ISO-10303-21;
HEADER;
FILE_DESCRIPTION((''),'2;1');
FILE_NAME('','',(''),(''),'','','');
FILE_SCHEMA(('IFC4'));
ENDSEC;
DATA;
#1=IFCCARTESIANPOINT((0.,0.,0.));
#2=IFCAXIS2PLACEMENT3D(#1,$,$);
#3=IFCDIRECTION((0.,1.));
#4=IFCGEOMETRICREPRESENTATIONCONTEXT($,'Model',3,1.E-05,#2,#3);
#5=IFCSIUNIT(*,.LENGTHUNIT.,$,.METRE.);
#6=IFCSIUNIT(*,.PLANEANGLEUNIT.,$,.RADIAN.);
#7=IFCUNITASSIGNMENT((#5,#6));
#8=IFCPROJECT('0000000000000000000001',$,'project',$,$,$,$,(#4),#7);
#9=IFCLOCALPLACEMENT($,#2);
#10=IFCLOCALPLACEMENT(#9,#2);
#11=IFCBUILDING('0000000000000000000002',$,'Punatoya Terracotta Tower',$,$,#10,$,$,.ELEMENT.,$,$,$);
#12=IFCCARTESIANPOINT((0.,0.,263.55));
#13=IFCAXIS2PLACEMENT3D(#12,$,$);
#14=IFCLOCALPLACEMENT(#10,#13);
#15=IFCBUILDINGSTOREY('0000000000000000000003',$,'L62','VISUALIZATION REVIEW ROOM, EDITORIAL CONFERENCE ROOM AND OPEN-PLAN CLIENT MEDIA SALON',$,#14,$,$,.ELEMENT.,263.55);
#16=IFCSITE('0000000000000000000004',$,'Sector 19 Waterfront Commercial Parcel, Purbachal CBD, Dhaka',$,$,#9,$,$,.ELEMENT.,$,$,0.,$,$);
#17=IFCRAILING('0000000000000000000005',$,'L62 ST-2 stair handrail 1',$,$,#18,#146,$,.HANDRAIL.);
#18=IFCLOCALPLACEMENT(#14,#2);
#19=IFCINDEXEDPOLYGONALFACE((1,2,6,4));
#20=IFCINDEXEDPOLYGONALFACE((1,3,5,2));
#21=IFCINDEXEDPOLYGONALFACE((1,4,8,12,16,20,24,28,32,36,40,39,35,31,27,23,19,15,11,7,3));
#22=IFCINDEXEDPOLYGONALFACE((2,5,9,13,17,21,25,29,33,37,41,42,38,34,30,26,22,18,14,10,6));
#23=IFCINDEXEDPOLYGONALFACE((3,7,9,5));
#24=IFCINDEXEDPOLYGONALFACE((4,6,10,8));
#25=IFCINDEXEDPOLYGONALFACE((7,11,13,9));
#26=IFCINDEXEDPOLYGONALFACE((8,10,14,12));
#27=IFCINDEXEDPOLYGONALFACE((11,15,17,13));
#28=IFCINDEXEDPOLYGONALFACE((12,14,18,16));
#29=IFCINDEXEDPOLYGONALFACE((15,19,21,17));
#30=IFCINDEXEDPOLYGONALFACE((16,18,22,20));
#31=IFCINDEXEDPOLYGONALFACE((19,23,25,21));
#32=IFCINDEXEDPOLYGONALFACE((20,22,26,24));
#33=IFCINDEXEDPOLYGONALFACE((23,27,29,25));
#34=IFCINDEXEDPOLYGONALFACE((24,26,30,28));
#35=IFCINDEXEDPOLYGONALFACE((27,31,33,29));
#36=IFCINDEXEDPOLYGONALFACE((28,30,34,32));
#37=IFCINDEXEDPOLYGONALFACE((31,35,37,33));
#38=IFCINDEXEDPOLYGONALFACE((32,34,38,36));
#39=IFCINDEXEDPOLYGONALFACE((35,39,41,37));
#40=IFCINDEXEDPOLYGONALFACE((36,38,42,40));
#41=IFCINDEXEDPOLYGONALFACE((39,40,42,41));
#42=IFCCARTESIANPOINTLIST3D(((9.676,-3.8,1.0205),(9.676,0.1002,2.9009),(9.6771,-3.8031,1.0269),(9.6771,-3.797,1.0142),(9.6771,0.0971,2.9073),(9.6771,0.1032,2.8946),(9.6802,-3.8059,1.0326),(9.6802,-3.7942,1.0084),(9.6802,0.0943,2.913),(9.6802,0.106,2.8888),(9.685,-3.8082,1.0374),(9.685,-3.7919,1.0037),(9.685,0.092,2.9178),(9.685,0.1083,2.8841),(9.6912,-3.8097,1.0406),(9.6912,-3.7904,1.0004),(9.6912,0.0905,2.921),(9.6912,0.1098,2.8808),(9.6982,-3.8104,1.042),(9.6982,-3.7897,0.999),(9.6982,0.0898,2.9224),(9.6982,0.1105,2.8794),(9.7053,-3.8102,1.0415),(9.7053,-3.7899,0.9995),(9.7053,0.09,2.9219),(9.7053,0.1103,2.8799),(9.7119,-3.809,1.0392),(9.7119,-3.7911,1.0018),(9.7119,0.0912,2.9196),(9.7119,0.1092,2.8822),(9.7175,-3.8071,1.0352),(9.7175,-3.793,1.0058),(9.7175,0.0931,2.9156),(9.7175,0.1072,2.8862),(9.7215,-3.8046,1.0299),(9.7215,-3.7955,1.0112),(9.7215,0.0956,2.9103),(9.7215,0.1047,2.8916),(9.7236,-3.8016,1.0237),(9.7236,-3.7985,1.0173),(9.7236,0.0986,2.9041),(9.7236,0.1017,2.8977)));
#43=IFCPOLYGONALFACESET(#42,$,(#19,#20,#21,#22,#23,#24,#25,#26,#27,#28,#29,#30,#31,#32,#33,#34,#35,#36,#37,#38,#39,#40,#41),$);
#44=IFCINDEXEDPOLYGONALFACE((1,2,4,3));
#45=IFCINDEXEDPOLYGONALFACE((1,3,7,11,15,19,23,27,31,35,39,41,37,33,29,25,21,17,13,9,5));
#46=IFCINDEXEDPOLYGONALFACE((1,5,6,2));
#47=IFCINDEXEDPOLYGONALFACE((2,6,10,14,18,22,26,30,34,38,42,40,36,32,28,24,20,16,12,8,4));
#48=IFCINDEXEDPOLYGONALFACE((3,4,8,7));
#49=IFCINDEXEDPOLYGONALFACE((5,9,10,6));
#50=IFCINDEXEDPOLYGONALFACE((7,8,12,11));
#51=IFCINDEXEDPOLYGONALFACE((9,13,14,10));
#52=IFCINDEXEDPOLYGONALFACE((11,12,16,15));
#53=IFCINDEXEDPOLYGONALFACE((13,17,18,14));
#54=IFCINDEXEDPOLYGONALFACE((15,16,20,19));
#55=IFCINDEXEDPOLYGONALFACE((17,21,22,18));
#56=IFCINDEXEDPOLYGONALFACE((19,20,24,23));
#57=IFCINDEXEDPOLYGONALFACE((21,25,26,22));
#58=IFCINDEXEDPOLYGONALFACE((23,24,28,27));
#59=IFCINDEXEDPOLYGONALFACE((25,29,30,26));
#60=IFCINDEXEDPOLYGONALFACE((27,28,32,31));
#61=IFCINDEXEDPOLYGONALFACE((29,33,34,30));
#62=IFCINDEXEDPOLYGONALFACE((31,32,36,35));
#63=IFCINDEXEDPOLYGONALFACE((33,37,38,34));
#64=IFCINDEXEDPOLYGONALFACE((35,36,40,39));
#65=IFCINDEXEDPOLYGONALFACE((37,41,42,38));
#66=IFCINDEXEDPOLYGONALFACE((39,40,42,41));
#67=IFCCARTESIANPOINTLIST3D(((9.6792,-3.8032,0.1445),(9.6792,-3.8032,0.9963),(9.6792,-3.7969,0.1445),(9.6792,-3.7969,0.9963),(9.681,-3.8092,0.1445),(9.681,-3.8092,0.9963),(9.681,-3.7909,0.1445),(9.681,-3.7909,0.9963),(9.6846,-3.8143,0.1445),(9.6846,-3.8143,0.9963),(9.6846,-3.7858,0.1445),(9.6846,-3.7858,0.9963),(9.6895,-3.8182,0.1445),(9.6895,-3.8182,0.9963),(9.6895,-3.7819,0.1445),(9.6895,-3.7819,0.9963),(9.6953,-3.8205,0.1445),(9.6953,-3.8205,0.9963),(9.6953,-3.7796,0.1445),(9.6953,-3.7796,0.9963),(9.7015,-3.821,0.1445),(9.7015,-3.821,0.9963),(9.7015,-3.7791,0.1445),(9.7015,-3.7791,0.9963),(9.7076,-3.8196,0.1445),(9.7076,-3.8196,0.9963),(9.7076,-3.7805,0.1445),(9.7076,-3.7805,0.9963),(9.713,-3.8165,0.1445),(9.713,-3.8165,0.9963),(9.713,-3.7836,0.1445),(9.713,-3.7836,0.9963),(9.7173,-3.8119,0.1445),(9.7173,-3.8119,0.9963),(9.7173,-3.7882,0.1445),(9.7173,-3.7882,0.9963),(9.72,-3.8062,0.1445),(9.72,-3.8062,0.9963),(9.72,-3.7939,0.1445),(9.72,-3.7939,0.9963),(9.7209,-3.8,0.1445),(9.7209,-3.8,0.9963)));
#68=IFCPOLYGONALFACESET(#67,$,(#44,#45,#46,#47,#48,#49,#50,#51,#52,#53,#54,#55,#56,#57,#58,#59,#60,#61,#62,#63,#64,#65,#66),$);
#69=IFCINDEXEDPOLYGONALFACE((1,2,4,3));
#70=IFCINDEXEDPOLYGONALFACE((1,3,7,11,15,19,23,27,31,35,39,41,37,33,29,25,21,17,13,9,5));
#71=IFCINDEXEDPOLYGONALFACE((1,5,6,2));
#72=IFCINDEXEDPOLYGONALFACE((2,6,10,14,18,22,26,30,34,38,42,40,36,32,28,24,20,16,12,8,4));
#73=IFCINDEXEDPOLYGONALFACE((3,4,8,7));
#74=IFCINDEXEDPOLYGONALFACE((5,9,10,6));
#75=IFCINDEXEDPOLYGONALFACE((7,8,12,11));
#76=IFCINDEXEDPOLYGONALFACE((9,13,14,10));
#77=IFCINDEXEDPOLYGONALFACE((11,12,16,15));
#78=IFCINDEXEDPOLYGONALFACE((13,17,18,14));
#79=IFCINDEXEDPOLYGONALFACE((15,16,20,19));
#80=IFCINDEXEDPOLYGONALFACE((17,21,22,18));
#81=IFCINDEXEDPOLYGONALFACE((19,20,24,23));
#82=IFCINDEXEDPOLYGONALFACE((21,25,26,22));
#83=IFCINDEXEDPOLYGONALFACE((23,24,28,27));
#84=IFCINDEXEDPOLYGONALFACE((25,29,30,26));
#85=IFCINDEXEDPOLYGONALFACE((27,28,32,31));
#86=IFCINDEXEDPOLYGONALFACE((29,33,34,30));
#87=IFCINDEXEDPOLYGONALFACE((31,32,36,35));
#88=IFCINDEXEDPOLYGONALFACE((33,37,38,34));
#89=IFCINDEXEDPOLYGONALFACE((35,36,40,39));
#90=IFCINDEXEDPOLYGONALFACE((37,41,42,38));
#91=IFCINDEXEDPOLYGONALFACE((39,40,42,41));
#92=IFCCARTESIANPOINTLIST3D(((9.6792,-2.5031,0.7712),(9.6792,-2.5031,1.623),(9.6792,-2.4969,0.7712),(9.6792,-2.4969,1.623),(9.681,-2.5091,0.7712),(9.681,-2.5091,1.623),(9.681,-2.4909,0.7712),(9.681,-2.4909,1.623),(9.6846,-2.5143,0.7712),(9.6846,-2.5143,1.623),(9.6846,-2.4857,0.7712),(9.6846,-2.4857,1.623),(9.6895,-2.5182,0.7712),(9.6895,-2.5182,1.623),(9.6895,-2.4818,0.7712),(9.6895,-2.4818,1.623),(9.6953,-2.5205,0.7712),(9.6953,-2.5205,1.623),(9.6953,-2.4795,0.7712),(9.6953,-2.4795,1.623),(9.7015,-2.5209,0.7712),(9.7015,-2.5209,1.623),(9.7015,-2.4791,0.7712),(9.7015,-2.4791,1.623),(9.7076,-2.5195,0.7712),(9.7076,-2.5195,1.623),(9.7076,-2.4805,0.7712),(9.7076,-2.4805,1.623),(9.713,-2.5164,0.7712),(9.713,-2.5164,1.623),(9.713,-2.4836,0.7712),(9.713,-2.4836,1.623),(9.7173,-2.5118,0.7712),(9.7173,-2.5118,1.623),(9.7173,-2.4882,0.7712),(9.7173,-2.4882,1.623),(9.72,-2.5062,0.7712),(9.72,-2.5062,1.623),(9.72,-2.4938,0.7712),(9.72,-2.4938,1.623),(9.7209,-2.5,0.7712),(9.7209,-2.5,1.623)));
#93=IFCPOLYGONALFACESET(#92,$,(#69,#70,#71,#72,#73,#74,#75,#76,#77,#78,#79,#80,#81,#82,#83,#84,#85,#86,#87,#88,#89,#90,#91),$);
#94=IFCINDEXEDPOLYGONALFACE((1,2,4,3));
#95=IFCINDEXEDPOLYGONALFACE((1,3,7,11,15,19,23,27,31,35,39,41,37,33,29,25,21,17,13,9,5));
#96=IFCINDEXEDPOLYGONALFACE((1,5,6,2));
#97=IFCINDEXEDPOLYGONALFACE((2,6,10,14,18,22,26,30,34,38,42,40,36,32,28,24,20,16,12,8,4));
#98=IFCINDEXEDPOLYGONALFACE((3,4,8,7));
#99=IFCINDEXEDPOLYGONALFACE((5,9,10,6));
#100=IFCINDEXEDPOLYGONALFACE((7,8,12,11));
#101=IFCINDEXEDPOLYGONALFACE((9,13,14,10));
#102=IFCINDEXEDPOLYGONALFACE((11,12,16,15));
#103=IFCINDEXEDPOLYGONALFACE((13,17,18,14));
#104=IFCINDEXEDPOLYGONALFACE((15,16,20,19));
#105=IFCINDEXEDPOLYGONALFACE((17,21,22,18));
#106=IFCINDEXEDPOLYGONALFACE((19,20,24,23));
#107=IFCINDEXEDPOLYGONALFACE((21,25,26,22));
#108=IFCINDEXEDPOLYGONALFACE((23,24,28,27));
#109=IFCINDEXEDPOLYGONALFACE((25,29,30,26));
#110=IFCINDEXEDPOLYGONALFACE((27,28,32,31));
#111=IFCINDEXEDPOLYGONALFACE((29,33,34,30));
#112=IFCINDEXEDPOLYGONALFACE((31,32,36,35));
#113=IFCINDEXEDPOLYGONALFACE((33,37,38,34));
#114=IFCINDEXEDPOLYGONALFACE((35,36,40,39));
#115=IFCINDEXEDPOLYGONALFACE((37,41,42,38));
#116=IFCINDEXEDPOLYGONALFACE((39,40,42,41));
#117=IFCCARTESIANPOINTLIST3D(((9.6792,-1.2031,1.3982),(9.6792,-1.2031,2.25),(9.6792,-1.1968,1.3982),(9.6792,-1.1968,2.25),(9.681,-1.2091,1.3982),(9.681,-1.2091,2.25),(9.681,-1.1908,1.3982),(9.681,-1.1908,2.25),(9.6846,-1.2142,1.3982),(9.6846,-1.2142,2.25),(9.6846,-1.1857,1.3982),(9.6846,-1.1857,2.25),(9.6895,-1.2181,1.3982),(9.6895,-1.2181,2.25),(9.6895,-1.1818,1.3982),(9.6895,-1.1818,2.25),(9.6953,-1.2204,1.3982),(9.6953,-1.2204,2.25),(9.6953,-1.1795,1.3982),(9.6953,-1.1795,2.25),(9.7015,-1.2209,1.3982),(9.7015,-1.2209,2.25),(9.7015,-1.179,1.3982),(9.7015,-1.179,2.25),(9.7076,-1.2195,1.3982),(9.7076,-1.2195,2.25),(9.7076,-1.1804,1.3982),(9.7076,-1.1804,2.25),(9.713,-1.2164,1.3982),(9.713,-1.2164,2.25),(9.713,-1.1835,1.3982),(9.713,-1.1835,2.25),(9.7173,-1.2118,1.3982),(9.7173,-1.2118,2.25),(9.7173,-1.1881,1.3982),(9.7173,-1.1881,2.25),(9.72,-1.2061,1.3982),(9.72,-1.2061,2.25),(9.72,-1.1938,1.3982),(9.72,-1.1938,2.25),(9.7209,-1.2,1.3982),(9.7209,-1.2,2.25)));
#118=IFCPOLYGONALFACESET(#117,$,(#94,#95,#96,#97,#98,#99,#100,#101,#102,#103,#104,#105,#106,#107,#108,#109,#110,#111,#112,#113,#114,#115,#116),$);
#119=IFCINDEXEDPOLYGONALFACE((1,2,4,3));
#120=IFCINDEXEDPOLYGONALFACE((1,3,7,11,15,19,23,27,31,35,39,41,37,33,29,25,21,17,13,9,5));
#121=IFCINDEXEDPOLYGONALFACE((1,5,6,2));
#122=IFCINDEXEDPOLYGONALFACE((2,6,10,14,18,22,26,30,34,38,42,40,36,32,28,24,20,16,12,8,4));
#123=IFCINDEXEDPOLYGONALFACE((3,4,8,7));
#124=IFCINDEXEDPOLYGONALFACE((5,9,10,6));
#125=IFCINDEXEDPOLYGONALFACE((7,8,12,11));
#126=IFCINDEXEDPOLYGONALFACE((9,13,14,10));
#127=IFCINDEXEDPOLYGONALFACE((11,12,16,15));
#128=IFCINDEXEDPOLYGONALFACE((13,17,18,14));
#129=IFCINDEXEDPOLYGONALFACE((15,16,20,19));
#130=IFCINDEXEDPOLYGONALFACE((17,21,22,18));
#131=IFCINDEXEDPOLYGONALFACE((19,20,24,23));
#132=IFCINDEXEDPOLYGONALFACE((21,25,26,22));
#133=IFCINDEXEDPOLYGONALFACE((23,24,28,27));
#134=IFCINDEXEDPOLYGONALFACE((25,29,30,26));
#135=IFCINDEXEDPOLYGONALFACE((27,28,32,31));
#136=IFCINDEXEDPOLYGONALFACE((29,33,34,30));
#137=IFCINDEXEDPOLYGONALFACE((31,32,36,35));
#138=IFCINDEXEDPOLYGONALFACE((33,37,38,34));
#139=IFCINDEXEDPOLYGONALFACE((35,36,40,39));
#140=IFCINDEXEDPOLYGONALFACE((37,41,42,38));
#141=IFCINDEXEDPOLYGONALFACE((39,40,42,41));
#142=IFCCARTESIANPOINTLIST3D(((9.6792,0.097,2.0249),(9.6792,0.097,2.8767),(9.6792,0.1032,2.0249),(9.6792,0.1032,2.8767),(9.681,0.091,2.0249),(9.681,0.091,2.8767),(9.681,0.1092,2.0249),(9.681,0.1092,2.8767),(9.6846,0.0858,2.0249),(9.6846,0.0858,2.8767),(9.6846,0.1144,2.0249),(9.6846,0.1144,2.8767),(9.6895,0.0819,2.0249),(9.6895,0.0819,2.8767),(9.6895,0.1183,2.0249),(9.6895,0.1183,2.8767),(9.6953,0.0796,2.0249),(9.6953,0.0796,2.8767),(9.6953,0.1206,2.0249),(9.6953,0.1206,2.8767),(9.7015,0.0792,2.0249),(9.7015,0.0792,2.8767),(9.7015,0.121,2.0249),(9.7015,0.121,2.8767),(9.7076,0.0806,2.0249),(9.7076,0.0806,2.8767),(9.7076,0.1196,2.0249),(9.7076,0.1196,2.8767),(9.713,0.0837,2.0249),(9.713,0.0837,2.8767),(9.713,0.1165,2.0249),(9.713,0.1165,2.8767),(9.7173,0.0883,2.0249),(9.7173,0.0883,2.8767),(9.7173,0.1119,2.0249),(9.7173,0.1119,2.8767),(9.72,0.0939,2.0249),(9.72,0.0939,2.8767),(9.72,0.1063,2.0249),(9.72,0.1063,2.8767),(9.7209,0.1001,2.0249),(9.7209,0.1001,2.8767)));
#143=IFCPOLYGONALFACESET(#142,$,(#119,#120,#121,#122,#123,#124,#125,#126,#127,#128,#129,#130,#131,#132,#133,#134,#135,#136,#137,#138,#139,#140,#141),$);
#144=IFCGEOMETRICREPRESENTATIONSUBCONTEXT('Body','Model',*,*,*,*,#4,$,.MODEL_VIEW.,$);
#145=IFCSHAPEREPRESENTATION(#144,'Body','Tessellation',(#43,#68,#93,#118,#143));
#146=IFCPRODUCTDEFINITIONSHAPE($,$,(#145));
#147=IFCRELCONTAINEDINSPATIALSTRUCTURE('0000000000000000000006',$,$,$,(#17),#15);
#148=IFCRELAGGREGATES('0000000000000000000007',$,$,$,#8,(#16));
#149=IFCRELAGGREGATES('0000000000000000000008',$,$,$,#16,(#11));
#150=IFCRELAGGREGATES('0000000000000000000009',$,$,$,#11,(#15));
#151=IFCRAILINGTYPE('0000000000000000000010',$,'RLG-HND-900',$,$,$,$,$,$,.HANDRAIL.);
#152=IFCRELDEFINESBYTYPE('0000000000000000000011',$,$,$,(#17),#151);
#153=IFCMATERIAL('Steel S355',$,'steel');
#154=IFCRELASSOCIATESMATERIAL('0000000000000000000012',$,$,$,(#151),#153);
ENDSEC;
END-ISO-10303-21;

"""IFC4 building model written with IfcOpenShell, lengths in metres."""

from ifc_helpers import new_model, si_unit, direction, frame, origin, origin_2d, place, context, subcontext, project, spatial, circle, extrude, material, type_object, element, save


model = new_model("IFC4")

# Units and contexts
model_context = context("Model", 3, precision=1e-05, world=origin(), true_north=direction((0.0, 1.0)))
body_context = subcontext(model_context, "Body", "Model", "MODEL_VIEW")
ifc_project = project(units=[si_unit("LENGTHUNIT", "METRE"), si_unit("PLANEANGLEUNIT", "RADIAN")], contexts=[model_context])

# Site, building, storey
site_placement = place(None, origin())
site = spatial("IfcSite", under=ifc_project, at=site_placement, Name="Sector 19 Waterfront Commercial Parcel, Purbachal CBD, Dhaka", CompositionType="ELEMENT", RefElevation=0.0)
building_placement = place(site_placement, origin())
building = spatial("IfcBuilding", under=site, at=building_placement, Name="Punatoya Terracotta Tower", CompositionType="ELEMENT")
storey_placement = place(building_placement, frame((0.0, 0.0, 263.55)))
storey = spatial("IfcBuildingStorey", under=building, at=storey_placement, Name="L62", Description="VISUALIZATION REVIEW ROOM, EDITORIAL CONFERENCE ROOM AND OPEN-PLAN CLIENT MEDIA SALON", CompositionType="ELEMENT", Elevation=263.55)

# Shared definitions
ifc_material_1 = material(Name="Steel S355", Category="steel")

# Railing
railing_type_1 = type_object("IfcRailingType", Name="RLG-HND-900", PredefinedType="HANDRAIL", material=ifc_material_1)
railing_1_placement = place(storey_placement, frame((9.7, -3.8, 0.1445)))
element("IfcRailing", 1, at=railing_1_placement, inside=storey, type_object=railing_type_1, Name="L62 ST-2 stair handrail 1", PredefinedType="HANDRAIL", context=body_context, shape_type="SweptSolid", body=[
    extrude(circle(Radius=0.0239, at=origin_2d()), frame((0.0, 0.0, 0.876), z_axis=(0.0, 0.900774, 0.434289), x_axis=(-1.0, 0.0, 0.0)), (0.0, 0.0, 1.0), 4.3298),
    extrude(circle(Radius=0.021, at=origin_2d()), origin(), (0.0, 0.0, 1.0), 0.8518),
    extrude(circle(Radius=0.021, at=origin_2d()), frame((0.0, 1.3, 0.6267)), (0.0, 0.0, 1.0), 0.8518),
    extrude(circle(Radius=0.021, at=origin_2d()), frame((0.0, 2.6001, 1.2537)), (0.0, 0.0, 1.0), 0.8518),
    extrude(circle(Radius=0.021, at=origin_2d()), frame((0.0, 3.9001, 1.8804)), (0.0, 0.0, 1.0), 0.8518),
])

save(model, "model.ifc")
